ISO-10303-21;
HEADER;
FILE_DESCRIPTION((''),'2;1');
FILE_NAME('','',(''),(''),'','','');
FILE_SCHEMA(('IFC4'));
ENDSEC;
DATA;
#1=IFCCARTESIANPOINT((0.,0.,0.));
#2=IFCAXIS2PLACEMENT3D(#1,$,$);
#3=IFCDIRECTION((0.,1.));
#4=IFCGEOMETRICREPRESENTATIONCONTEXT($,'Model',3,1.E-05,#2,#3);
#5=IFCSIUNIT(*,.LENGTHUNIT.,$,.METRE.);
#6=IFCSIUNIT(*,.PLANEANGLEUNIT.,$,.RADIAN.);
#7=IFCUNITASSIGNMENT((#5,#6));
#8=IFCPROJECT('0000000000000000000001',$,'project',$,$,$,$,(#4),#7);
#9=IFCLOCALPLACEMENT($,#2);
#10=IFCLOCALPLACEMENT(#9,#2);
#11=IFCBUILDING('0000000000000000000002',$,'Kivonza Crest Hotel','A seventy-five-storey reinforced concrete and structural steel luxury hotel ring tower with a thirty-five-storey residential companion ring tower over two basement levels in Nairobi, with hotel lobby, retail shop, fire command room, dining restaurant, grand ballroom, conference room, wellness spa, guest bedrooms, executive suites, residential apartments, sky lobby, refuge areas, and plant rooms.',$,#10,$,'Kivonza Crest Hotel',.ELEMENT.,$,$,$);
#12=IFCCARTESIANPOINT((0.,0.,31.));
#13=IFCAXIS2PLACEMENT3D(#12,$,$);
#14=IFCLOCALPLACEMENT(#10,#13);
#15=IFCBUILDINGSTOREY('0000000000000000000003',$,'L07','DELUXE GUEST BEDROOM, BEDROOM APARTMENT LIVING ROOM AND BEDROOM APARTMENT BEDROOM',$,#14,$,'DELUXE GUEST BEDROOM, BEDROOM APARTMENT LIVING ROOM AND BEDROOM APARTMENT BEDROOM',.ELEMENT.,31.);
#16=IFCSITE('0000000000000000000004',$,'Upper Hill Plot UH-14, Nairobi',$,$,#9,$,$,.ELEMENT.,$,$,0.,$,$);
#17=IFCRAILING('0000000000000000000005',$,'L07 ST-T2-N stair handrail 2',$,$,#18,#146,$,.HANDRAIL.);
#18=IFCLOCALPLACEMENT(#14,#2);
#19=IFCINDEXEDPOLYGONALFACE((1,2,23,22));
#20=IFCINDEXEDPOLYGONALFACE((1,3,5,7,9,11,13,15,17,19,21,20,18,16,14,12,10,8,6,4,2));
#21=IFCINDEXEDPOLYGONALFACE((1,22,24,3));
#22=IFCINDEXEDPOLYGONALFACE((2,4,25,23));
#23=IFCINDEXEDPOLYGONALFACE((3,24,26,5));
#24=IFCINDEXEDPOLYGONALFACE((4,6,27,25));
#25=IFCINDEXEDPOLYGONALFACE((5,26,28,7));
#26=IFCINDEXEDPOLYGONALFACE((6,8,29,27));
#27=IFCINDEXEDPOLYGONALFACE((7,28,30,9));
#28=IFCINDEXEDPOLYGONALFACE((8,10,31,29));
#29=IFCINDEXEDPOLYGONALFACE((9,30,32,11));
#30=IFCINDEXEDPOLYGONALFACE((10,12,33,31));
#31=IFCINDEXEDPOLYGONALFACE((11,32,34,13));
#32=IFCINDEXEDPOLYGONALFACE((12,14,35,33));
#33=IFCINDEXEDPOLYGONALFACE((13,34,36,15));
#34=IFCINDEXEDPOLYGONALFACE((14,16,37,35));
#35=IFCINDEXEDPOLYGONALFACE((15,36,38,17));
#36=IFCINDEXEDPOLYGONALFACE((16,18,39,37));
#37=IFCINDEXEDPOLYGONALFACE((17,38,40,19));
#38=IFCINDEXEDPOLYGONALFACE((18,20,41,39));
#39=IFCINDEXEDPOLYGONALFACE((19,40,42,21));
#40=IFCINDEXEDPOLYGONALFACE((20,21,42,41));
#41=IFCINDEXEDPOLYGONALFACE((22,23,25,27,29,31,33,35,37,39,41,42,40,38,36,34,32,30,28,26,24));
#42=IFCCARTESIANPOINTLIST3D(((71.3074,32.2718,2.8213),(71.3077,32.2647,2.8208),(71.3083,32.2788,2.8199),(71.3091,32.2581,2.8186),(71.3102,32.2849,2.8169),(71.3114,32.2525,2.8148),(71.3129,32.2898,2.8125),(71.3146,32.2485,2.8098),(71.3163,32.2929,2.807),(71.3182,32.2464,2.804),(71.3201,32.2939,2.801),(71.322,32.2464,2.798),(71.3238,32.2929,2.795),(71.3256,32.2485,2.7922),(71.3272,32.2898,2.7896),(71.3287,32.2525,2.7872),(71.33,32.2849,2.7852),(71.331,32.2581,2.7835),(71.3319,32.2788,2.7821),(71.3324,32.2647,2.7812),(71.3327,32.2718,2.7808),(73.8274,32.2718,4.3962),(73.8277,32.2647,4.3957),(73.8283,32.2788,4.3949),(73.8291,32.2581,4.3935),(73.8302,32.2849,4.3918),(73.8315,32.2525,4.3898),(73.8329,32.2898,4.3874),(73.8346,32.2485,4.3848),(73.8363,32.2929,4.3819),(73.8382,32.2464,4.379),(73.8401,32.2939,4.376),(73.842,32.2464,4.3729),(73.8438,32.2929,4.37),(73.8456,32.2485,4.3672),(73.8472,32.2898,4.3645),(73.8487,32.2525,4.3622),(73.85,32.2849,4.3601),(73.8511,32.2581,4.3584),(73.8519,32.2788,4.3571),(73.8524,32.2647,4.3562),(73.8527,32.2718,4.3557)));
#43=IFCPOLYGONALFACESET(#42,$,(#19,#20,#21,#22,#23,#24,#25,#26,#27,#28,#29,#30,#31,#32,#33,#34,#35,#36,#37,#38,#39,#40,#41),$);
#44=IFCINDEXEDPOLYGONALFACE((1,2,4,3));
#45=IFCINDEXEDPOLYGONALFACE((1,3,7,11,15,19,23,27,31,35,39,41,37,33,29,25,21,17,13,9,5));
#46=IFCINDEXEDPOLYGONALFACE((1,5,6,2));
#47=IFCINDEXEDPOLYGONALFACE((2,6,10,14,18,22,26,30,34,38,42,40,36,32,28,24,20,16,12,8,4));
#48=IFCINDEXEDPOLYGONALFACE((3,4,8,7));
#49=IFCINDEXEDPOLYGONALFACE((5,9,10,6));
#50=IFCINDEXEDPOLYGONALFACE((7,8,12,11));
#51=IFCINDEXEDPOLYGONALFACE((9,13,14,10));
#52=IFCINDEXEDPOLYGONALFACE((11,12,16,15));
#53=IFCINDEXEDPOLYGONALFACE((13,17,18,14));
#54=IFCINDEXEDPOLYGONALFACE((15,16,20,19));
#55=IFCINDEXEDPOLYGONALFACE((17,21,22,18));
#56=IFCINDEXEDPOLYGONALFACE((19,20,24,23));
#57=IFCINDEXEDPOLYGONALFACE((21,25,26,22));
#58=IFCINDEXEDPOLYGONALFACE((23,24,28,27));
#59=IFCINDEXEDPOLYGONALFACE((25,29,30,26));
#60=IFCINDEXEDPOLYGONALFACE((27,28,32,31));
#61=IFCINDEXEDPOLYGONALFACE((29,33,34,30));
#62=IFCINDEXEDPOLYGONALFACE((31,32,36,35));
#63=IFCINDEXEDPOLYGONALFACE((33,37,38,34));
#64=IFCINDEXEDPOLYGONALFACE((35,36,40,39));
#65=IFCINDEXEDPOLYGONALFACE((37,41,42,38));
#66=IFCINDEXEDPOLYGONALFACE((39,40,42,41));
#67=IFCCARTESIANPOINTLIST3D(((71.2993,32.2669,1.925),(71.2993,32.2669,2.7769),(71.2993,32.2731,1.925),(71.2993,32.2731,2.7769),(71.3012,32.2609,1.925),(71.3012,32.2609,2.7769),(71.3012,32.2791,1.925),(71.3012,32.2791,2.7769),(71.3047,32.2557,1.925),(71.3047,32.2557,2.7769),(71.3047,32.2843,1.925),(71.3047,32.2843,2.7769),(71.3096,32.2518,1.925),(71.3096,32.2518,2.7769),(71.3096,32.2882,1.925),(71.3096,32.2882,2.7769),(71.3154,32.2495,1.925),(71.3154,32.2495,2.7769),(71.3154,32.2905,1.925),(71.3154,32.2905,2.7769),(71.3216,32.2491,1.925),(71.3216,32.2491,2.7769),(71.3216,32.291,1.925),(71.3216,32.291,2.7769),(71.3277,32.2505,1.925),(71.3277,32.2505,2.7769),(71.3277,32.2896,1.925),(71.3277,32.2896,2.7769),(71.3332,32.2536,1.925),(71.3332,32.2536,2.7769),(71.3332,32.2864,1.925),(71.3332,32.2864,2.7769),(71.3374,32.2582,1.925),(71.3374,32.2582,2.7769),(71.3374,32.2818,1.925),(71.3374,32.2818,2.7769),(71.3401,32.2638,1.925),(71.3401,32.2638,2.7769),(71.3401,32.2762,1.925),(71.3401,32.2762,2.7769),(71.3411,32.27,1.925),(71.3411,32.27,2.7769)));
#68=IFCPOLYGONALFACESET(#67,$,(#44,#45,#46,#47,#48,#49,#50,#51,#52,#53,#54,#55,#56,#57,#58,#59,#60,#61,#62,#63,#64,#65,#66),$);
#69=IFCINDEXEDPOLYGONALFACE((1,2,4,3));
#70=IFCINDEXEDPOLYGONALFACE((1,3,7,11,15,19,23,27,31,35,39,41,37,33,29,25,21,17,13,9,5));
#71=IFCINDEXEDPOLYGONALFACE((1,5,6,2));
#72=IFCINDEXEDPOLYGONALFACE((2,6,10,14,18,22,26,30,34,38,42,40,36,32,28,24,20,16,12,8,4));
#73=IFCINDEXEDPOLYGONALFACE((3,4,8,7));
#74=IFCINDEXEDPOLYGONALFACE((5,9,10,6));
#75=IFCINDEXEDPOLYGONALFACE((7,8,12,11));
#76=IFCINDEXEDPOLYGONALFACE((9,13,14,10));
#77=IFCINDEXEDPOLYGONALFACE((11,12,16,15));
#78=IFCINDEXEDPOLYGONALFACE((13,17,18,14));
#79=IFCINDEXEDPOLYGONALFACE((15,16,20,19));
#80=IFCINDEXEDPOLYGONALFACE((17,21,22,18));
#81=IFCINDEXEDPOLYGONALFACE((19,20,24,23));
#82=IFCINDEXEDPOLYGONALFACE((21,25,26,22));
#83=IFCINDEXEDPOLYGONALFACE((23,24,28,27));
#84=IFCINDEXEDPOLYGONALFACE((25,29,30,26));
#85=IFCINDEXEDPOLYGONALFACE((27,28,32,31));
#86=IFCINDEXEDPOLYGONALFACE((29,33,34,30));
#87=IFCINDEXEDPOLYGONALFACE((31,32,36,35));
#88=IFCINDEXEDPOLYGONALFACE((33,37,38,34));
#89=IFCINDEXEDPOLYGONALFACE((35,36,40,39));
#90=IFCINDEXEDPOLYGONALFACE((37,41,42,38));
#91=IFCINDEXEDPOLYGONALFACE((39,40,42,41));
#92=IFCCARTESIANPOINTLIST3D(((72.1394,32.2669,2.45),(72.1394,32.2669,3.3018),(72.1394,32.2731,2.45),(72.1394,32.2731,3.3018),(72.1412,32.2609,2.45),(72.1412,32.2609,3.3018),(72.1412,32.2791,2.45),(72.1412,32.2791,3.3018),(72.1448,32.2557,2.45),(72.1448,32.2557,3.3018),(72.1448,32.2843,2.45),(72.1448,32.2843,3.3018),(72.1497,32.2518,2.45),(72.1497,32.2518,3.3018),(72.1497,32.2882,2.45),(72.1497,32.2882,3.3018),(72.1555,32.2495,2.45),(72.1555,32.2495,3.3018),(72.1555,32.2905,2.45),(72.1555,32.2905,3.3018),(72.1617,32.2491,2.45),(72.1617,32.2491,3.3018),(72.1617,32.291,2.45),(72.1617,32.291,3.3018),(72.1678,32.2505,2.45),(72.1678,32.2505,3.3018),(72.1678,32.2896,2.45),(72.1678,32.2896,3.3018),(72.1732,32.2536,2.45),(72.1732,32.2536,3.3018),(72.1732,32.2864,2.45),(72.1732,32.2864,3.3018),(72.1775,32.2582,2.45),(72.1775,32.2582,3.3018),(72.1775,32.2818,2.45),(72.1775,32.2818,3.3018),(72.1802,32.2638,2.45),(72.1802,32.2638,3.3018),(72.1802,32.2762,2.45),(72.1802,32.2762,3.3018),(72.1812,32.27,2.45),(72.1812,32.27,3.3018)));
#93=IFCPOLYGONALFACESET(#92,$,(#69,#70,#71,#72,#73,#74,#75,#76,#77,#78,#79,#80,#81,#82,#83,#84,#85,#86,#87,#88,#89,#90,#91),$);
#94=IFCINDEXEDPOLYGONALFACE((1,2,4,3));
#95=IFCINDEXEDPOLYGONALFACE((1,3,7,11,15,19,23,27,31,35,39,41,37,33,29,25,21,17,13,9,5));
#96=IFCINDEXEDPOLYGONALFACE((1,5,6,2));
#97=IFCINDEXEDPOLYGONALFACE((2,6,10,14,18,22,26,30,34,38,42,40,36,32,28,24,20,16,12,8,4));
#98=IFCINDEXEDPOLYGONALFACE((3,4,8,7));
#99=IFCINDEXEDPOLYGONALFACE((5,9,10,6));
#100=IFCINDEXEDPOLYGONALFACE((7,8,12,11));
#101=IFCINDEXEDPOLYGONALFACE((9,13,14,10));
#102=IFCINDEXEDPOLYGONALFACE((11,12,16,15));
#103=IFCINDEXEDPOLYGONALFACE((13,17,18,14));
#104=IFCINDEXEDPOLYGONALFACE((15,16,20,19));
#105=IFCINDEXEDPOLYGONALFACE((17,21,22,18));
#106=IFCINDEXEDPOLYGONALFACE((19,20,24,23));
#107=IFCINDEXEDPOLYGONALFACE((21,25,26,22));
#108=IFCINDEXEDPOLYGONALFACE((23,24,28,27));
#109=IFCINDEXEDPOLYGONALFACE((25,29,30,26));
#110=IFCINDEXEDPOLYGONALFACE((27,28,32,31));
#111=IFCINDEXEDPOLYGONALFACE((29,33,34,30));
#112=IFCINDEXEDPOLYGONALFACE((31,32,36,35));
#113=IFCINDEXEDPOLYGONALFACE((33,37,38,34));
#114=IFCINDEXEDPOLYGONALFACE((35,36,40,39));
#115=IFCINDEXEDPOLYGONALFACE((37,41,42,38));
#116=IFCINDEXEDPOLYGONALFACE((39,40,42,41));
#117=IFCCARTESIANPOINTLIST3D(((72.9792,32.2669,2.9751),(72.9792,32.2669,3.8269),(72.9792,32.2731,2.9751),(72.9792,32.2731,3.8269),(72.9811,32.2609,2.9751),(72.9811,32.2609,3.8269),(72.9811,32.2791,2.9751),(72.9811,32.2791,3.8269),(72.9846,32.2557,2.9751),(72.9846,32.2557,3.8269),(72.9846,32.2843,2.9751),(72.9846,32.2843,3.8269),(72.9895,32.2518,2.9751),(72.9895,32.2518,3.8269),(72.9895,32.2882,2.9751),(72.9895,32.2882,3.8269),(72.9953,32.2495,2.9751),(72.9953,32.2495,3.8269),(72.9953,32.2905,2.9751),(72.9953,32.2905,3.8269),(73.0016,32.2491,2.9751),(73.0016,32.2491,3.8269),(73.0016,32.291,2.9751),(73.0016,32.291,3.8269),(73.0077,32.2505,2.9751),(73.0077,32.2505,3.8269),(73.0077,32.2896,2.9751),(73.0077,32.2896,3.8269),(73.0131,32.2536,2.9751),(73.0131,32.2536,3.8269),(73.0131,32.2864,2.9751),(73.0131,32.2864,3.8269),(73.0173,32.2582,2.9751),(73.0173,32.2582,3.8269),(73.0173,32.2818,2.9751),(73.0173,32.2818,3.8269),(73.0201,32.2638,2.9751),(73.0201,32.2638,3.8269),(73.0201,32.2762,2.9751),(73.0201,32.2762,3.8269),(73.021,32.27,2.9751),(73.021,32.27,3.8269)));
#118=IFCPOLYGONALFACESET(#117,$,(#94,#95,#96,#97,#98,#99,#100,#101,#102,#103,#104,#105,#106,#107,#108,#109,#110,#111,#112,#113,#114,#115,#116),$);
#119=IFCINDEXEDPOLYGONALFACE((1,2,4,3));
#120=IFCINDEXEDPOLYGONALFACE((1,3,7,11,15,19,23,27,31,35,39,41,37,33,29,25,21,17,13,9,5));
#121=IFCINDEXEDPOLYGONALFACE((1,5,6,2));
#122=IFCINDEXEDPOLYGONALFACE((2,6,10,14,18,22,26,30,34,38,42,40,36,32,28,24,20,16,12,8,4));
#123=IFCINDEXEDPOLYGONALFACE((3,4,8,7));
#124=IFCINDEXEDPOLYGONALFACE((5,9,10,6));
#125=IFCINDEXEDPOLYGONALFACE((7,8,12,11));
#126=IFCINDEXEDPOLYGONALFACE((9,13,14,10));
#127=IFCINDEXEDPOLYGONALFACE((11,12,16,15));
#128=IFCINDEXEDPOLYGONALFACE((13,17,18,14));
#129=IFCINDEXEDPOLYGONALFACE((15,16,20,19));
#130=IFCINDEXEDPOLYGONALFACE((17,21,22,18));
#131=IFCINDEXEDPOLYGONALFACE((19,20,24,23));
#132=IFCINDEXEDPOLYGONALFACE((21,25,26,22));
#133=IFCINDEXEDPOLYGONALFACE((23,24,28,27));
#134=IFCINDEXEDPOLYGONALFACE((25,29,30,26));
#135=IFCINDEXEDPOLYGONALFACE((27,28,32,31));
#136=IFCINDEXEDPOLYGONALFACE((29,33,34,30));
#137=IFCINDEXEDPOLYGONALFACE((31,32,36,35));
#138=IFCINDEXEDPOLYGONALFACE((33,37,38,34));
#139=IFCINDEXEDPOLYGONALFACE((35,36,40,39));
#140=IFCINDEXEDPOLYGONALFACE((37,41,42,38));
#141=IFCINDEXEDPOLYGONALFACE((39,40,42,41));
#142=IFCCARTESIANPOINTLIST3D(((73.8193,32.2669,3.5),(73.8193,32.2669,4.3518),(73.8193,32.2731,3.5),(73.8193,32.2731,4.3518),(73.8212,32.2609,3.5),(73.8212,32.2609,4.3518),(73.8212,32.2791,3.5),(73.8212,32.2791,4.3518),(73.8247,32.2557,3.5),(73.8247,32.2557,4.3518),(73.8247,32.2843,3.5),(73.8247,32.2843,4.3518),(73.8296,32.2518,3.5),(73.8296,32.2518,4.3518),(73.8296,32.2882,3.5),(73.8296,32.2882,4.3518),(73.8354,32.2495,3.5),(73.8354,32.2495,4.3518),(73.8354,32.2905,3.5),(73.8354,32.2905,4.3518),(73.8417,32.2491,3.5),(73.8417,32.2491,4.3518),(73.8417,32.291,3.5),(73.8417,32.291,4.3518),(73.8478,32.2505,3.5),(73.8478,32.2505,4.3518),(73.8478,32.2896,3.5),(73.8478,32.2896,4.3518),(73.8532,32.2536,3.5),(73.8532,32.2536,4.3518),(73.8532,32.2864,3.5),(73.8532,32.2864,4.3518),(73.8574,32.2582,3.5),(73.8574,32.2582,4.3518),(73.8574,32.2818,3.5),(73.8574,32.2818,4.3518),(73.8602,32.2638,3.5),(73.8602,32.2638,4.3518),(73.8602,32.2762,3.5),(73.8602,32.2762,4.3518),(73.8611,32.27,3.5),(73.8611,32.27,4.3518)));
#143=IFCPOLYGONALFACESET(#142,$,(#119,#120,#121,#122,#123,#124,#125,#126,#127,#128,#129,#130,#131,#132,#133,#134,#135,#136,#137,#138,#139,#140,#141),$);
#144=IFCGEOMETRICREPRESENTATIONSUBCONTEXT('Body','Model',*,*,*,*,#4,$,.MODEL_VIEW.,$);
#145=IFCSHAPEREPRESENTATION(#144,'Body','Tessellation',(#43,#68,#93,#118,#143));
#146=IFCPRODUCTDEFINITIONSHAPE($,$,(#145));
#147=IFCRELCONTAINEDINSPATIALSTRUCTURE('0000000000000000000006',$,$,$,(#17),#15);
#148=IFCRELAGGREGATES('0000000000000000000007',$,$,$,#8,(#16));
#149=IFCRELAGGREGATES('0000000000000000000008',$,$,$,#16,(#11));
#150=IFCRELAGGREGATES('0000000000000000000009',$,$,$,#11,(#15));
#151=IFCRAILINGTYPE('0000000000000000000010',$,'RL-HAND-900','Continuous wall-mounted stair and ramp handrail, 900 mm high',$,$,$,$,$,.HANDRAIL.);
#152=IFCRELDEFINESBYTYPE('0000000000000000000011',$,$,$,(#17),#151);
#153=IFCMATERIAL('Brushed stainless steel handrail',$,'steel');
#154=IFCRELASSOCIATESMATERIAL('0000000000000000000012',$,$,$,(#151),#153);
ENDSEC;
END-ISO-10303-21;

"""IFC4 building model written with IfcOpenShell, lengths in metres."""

from ifc_helpers import new_model, si_unit, direction, frame, origin, origin_2d, place, context, subcontext, project, spatial, circle, extrude, material, type_object, element, save


model = new_model("IFC4")

# Units and contexts
model_context = context("Model", 3, precision=1e-05, world=origin(), true_north=direction((0.0, 1.0)))
body_context = subcontext(model_context, "Body", "Model", "MODEL_VIEW")
ifc_project = project(units=[si_unit("LENGTHUNIT", "METRE"), si_unit("PLANEANGLEUNIT", "RADIAN")], contexts=[model_context])

# Site, building, storey
site_placement = place(None, origin())
site = spatial("IfcSite", under=ifc_project, at=site_placement, Name="Upper Hill Plot UH-14, Nairobi", CompositionType="ELEMENT", RefElevation=0.0)
building_placement = place(site_placement, origin())
building = spatial("IfcBuilding", under=site, at=building_placement, Name="Kivonza Crest Hotel", Description="A seventy-five-storey reinforced concrete and structural steel luxury hotel ring tower with a thirty-five-storey residential companion ring tower over two basement levels in Nairobi, with hotel lobby, retail shop, fire command room, dining restaurant, grand ballroom, conference room, wellness spa, guest bedrooms, executive suites, residential apartments, sky lobby, refuge areas, and plant rooms.", LongName="Kivonza Crest Hotel", CompositionType="ELEMENT")
storey_placement = place(building_placement, frame((0.0, 0.0, 31.0)))
storey = spatial("IfcBuildingStorey", under=building, at=storey_placement, Name="L07", Description="DELUXE GUEST BEDROOM, BEDROOM APARTMENT LIVING ROOM AND BEDROOM APARTMENT BEDROOM", LongName="DELUXE GUEST BEDROOM, BEDROOM APARTMENT LIVING ROOM AND BEDROOM APARTMENT BEDROOM", CompositionType="ELEMENT", Elevation=31.0)

# Railing
ifc_material_1 = material(Name="Brushed stainless steel handrail", Category="steel")
railing_type_1 = type_object("IfcRailingType", Name="RL-HAND-900", Description="Continuous wall-mounted stair and ramp handrail, 900 mm high", PredefinedType="HANDRAIL", material=ifc_material_1)
railing_1_placement = place(storey_placement, frame((71.3201, 32.27, 1.925)))
element("IfcRailing", 1, at=railing_1_placement, inside=storey, type_object=railing_type_1, Name="L07 ST-T2-N stair handrail 2", PredefinedType="HANDRAIL", context=body_context, shape_type="SweptSolid", body=[
    extrude(circle(Radius=0.0239, at=origin_2d()), frame((0.0, 0.0, 0.876), z_axis=(0.848008, 0.0, 0.529984), x_axis=(0.0, 1.0, 0.0)), (0.0, 0.0, 1.0), 2.9717),
    extrude(circle(Radius=0.021, at=origin_2d()), origin(), (0.0, 0.0, 1.0), 0.8518),
    extrude(circle(Radius=0.021, at=origin_2d()), frame((0.8401, 0.0, 0.5249)), (0.0, 0.0, 1.0), 0.8518),
    extrude(circle(Radius=0.021, at=origin_2d()), frame((1.6799, 0.0, 1.05)), (0.0, 0.0, 1.0), 0.8518),
    extrude(circle(Radius=0.021, at=origin_2d()), frame((2.52, 0.0, 1.575)), (0.0, 0.0, 1.0), 0.8518),
])

save(model, "model.ifc")
